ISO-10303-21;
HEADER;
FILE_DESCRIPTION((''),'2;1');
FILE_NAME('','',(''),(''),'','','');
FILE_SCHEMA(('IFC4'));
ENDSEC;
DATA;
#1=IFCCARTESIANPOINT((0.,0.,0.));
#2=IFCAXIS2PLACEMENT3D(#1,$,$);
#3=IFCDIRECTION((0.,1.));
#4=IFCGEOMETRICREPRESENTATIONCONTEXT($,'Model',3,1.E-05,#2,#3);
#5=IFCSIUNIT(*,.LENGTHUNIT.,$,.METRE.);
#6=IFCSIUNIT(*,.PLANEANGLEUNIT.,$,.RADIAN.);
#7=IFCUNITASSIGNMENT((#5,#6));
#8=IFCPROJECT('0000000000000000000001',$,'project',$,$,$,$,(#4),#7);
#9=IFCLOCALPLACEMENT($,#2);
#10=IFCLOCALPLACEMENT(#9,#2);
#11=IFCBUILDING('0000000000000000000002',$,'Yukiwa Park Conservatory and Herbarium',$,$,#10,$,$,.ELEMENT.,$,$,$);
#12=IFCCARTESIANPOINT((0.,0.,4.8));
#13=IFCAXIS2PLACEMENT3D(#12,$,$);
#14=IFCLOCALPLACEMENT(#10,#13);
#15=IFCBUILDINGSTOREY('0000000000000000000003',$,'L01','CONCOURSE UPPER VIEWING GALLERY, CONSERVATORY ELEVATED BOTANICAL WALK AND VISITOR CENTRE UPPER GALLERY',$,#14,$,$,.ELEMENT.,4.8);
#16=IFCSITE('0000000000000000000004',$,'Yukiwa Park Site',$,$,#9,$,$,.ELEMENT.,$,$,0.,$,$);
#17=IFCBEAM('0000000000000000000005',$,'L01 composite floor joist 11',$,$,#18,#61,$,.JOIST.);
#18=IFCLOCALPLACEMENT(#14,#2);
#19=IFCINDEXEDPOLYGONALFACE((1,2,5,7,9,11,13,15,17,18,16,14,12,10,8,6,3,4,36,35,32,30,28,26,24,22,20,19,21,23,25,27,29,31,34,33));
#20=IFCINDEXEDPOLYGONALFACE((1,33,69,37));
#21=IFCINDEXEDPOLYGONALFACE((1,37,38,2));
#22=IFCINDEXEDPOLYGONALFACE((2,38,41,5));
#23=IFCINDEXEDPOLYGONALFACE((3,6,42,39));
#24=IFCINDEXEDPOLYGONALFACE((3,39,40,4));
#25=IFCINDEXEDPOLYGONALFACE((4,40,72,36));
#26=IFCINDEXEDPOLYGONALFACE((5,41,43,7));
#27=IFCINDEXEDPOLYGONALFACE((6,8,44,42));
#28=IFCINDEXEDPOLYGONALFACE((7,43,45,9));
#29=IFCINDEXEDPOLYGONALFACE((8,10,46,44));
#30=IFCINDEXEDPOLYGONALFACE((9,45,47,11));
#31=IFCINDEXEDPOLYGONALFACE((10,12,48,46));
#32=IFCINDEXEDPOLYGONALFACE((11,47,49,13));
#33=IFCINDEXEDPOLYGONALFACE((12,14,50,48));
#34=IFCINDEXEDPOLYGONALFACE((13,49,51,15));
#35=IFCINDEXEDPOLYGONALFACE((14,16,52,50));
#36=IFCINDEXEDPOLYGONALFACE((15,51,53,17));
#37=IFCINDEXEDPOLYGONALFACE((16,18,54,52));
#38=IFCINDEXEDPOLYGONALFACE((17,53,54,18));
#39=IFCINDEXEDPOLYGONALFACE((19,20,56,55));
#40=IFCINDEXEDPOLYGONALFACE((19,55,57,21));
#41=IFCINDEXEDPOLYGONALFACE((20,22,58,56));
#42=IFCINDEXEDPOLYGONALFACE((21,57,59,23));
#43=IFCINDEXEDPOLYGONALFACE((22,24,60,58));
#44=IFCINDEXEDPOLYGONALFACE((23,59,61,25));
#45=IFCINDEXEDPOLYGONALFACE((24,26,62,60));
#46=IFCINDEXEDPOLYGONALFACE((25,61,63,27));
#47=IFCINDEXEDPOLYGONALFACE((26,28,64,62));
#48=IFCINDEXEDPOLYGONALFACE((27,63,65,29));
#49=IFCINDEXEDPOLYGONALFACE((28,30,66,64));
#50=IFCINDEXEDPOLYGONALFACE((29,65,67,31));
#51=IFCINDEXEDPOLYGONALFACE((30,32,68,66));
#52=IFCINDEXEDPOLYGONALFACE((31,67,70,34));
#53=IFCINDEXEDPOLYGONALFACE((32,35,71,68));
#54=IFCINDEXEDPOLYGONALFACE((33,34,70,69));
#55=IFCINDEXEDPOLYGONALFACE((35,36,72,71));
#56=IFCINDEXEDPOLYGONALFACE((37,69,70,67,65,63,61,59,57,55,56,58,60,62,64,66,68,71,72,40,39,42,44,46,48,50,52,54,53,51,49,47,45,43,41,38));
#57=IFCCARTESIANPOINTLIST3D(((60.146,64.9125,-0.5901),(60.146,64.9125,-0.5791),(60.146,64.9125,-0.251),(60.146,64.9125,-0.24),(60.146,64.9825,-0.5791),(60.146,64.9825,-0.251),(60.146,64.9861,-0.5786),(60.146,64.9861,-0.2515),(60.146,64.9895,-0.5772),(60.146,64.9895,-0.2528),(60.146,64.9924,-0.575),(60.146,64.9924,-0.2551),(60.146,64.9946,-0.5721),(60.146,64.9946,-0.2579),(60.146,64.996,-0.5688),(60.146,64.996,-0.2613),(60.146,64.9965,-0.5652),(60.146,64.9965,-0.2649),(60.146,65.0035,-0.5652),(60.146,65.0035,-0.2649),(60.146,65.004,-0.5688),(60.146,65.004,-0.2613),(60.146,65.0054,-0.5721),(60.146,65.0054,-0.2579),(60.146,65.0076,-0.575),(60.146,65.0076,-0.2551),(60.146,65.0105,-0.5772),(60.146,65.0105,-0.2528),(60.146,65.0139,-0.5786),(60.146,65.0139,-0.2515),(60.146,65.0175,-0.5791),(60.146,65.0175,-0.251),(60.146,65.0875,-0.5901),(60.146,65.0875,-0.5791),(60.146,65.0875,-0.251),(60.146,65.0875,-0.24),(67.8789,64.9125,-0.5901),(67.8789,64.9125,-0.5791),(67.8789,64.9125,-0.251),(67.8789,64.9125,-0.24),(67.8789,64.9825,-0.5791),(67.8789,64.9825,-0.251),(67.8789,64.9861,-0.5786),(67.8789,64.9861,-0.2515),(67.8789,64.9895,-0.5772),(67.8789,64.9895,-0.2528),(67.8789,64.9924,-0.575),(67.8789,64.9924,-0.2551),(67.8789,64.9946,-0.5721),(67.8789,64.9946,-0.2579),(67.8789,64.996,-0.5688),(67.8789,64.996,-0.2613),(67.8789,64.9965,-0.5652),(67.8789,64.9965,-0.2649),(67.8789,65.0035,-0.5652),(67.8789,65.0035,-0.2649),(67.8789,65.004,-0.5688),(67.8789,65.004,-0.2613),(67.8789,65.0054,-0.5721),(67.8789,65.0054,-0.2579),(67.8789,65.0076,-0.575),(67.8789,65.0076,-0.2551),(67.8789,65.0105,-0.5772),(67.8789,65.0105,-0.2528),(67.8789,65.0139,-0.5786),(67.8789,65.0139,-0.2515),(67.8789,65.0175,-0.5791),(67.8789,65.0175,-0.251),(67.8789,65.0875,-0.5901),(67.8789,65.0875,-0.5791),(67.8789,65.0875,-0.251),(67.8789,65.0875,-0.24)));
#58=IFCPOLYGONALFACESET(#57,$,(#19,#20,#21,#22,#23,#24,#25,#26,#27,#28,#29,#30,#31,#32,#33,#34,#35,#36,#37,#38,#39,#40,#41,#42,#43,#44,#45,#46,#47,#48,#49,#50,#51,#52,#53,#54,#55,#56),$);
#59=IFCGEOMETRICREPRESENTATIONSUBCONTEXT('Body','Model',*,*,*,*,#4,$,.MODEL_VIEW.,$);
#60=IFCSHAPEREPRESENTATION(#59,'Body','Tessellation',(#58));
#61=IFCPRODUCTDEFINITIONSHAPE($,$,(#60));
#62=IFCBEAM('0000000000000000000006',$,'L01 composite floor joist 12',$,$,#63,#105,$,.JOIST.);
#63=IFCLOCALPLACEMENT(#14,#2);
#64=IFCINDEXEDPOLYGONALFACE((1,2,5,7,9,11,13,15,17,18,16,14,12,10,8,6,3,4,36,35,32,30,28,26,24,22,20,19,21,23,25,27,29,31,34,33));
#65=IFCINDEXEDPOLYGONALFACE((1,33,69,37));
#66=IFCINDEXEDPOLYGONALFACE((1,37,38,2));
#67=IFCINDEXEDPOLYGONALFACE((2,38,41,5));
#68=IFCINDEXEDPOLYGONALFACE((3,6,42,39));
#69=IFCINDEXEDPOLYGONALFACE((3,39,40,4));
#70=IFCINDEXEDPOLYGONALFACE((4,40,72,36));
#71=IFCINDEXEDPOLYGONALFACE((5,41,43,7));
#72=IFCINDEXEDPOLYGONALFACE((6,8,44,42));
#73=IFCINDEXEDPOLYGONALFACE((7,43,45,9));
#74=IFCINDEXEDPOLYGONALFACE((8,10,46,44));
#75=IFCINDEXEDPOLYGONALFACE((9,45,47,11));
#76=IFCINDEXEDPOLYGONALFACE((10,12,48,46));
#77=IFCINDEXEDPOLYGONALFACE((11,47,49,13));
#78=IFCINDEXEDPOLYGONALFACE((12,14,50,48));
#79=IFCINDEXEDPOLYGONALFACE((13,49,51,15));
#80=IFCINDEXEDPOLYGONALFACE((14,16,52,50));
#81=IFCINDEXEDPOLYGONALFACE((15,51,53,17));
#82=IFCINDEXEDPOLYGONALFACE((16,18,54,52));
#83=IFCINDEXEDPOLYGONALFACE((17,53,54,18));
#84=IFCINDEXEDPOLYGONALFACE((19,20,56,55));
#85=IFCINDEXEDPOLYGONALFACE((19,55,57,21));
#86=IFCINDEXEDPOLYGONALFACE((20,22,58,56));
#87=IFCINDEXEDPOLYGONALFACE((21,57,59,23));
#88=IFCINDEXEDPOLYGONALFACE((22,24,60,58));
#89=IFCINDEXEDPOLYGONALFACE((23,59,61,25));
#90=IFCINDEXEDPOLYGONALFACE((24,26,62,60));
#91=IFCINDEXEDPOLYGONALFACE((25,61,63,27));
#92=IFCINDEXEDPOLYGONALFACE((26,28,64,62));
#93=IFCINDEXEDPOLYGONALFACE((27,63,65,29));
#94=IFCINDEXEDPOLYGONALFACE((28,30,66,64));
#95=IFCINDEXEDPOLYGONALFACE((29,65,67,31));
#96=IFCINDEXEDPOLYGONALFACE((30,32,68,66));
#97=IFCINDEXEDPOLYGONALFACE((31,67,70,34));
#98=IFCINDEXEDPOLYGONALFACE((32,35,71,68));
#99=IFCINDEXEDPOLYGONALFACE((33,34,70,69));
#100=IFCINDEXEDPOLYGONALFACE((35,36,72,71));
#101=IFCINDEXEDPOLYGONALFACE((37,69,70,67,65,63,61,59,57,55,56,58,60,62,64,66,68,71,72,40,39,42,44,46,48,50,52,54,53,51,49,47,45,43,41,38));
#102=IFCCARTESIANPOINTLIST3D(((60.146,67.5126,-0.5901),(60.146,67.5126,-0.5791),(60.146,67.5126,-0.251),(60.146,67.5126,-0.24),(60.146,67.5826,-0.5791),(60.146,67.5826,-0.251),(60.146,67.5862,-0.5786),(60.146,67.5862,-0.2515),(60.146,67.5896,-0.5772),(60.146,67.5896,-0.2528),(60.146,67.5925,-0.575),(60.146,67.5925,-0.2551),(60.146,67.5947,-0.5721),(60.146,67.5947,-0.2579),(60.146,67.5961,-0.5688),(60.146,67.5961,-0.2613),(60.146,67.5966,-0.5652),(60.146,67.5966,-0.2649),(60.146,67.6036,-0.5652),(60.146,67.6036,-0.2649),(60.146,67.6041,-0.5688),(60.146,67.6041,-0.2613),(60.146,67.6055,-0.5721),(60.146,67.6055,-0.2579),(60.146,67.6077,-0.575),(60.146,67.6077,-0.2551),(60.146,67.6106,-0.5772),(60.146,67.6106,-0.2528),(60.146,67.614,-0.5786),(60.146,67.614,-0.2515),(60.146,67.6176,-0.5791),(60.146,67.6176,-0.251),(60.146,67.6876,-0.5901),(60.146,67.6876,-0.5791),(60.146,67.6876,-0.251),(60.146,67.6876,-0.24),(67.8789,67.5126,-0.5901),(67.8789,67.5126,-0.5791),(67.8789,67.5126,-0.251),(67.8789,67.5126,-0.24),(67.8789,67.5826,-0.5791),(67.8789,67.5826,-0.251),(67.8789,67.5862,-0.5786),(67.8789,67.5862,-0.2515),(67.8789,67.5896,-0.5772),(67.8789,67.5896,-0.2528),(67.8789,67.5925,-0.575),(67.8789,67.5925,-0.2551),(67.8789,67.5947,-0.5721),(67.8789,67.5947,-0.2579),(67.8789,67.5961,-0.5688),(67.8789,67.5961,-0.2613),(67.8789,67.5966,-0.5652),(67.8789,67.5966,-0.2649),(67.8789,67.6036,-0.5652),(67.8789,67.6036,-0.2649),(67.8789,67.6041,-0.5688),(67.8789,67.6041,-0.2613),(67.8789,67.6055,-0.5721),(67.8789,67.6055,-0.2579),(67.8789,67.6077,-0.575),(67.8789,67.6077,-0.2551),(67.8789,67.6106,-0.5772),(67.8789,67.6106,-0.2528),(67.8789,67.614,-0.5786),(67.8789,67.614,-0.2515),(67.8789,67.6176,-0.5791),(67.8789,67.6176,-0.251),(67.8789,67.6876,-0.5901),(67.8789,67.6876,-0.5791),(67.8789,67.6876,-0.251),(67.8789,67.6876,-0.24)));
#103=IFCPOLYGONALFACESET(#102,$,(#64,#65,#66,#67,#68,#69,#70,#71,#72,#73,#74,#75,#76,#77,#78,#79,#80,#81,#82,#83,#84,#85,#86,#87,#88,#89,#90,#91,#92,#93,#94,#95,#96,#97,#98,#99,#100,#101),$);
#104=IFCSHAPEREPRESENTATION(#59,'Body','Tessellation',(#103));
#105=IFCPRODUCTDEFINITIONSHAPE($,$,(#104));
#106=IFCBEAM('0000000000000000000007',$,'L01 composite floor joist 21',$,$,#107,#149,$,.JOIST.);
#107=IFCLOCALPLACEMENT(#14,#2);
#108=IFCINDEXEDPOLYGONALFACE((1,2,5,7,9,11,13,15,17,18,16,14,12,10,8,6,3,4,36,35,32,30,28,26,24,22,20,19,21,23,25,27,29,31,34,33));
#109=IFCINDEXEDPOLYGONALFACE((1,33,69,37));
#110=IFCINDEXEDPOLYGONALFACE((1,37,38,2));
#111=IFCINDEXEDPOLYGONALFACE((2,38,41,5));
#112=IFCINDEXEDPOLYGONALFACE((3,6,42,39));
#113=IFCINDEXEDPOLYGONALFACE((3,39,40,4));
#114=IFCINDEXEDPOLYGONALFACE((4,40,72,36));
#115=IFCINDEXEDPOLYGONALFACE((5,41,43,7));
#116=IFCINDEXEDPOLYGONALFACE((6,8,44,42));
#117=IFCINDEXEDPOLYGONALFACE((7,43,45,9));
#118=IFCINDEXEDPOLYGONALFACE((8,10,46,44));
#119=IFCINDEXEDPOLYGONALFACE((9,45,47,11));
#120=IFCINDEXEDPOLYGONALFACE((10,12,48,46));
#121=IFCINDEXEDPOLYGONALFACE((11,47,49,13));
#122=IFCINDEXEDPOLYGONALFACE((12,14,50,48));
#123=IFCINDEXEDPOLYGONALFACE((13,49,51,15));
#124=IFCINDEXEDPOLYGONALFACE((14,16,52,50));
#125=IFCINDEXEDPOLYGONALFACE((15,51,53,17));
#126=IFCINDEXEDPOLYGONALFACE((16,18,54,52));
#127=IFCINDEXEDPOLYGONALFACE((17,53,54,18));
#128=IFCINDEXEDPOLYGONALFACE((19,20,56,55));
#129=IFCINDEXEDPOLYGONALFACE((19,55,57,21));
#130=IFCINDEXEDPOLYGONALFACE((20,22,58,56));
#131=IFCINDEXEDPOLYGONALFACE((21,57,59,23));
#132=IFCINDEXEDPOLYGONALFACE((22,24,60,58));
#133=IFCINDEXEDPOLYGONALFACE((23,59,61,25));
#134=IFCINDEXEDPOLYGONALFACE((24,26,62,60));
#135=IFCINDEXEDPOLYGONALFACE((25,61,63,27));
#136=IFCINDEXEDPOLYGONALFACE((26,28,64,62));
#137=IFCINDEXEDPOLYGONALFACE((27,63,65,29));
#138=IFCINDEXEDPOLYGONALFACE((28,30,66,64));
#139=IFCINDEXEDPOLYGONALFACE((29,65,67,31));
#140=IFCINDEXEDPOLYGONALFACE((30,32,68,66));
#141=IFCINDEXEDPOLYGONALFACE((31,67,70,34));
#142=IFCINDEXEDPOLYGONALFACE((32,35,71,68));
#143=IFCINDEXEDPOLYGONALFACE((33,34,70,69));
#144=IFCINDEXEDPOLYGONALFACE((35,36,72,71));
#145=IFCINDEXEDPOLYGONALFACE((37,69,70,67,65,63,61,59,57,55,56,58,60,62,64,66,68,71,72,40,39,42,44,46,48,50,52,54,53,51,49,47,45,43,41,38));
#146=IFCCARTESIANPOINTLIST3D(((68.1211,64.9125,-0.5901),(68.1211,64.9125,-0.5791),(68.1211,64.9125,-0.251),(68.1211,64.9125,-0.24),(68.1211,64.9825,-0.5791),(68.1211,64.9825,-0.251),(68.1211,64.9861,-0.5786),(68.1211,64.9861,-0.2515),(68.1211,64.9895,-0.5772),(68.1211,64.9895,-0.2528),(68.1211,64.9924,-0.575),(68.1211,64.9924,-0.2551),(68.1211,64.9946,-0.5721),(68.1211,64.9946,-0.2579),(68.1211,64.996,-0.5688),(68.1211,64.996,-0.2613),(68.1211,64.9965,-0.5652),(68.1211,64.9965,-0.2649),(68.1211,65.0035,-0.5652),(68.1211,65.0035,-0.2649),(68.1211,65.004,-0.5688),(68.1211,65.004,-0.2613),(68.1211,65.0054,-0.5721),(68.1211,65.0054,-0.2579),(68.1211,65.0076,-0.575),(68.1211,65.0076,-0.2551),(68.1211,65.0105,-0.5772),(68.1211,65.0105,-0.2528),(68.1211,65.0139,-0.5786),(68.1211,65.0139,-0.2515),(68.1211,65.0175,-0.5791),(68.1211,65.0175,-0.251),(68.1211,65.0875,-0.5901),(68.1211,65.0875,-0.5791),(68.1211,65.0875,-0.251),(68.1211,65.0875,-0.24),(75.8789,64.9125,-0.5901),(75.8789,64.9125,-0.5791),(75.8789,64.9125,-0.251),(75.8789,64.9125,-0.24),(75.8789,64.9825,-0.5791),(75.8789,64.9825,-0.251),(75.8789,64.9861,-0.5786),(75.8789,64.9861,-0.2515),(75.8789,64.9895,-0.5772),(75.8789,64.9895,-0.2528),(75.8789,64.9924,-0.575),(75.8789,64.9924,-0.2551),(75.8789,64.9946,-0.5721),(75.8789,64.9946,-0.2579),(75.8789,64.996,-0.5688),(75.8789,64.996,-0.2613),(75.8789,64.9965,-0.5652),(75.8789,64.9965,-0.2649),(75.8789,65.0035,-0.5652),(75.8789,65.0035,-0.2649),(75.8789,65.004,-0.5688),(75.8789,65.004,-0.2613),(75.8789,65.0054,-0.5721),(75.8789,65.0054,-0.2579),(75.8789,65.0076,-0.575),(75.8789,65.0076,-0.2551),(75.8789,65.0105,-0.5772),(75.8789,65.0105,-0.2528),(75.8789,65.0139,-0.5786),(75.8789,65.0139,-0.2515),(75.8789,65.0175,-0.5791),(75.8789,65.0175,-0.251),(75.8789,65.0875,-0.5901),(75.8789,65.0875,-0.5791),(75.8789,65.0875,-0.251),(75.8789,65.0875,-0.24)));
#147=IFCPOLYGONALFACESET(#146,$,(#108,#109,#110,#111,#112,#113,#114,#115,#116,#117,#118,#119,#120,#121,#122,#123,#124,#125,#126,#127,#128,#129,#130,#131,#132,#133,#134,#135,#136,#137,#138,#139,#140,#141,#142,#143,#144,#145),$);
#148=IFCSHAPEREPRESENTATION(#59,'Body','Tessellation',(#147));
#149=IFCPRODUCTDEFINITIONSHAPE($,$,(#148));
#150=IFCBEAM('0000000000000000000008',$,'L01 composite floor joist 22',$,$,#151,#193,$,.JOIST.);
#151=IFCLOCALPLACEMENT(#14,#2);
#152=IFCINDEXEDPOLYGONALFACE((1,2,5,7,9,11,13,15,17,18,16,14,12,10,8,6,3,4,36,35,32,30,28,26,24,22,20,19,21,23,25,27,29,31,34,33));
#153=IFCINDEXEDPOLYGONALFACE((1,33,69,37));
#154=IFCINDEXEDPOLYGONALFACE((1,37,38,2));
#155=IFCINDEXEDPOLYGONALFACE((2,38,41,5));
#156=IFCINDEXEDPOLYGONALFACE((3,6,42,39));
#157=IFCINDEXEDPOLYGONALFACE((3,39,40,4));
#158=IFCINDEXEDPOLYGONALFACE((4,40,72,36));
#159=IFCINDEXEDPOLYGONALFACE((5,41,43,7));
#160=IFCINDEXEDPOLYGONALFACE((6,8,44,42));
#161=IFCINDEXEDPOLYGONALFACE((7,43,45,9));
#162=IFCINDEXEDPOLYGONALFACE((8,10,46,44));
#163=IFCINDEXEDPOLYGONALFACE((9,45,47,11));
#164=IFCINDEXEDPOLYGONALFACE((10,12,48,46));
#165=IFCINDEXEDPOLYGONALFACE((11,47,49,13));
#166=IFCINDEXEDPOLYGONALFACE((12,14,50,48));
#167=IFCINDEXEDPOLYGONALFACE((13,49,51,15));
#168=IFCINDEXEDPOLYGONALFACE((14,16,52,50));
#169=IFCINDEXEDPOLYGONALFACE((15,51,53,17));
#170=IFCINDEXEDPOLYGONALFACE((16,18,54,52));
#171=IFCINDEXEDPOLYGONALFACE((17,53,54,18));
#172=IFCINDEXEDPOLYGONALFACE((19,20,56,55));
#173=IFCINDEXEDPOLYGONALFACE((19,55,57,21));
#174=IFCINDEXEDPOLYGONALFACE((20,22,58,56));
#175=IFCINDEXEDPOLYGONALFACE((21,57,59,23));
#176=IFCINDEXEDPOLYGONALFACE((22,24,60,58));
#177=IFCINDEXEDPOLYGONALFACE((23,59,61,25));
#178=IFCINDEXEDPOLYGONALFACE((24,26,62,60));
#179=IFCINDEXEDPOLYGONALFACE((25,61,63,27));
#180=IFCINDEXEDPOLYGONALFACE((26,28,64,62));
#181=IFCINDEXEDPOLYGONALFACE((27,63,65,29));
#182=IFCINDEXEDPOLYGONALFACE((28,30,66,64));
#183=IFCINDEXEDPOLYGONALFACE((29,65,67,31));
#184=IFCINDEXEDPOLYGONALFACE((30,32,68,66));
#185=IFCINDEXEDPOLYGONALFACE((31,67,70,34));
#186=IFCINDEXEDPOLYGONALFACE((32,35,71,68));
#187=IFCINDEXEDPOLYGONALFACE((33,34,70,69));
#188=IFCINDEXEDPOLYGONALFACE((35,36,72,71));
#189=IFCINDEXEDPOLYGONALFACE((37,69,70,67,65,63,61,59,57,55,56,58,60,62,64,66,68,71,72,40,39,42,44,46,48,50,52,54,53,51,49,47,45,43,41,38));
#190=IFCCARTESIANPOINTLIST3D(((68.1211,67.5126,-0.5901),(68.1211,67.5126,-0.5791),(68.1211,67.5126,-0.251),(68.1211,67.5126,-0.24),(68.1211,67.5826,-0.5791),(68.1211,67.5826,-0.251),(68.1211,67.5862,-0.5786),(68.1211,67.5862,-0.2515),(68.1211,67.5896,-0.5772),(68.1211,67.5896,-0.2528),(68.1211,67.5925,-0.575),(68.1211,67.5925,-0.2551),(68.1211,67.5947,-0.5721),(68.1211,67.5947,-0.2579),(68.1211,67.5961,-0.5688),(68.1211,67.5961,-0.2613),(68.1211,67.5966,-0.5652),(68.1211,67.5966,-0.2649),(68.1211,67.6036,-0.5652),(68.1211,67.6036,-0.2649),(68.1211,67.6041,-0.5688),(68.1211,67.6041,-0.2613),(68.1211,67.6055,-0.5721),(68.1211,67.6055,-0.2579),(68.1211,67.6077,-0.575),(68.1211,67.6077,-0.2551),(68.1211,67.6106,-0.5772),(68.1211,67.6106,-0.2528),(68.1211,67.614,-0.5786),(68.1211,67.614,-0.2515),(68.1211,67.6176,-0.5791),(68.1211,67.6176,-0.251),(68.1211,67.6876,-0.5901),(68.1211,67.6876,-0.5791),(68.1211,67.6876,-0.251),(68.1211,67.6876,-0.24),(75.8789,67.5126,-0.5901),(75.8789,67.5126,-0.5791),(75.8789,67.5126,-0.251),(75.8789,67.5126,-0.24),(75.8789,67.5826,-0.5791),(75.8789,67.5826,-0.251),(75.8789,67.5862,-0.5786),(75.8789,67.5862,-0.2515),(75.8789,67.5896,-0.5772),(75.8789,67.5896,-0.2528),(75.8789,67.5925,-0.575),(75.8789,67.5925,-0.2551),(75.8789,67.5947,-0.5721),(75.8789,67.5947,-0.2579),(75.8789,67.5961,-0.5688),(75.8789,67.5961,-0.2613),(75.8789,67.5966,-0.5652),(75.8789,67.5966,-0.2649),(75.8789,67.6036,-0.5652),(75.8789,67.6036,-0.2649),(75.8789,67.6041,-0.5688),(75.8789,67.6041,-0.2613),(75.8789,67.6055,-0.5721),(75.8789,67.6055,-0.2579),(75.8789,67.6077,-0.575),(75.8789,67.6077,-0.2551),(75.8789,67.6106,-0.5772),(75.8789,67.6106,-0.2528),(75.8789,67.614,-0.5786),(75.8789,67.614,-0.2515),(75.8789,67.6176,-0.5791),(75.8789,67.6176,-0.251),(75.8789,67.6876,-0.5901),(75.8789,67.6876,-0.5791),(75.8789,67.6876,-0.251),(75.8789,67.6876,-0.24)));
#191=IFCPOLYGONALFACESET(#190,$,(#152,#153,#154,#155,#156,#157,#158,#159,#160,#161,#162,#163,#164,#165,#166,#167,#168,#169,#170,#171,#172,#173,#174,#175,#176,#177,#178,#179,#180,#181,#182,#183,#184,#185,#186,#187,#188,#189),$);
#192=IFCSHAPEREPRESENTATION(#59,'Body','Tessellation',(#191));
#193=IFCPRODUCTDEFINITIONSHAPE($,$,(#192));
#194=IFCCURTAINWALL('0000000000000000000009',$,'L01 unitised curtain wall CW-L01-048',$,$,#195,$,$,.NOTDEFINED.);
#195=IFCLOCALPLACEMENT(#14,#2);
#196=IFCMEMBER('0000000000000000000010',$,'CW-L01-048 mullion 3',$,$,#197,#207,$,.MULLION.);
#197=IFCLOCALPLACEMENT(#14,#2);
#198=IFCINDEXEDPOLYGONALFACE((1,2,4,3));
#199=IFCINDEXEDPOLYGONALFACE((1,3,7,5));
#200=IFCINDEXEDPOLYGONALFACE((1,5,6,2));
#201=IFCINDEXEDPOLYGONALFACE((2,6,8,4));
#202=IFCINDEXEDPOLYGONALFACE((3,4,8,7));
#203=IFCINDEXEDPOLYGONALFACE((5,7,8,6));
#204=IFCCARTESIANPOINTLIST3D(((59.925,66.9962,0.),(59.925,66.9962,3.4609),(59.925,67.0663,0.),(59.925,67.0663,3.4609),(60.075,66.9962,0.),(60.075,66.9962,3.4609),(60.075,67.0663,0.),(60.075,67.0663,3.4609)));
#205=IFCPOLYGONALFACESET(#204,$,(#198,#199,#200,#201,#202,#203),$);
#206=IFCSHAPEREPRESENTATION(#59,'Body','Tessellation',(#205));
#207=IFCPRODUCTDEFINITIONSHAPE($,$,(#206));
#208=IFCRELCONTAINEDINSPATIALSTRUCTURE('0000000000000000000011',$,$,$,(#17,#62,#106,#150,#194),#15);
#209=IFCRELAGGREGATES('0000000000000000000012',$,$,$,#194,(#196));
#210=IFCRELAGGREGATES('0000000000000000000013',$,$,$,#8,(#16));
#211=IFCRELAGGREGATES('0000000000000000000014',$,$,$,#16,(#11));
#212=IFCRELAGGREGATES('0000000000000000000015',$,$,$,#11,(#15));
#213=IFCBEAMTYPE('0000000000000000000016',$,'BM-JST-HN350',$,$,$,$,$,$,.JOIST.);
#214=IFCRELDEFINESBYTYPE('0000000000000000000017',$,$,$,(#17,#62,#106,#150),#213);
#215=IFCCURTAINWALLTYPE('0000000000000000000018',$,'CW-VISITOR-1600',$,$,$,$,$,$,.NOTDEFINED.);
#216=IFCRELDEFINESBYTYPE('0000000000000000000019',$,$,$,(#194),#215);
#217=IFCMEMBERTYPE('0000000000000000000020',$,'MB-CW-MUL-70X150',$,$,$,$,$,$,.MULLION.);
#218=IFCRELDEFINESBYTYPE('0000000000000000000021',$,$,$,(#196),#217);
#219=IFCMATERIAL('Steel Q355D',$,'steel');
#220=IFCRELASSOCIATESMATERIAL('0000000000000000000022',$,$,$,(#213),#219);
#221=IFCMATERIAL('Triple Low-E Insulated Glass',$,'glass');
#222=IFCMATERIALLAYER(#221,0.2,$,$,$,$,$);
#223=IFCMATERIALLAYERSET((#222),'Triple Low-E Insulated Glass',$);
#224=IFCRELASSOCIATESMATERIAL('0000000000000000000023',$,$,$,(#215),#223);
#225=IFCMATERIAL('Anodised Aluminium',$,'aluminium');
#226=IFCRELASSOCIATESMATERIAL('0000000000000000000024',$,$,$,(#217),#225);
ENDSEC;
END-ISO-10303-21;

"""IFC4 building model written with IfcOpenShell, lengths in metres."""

from ifc_helpers import new_model, si_unit, direction, frame, origin, origin_2d, place, context, subcontext, project, spatial, rectangle, i_section, extrude, material, layer, layer_set, material_profile, profile_set, type_object, element, aggregate, save


model = new_model("IFC4")

# Units and contexts
model_context = context("Model", 3, precision=1e-05, world=origin(), true_north=direction((0.0, 1.0)))
body_context = subcontext(model_context, "Body", "Model", "MODEL_VIEW")
ifc_project = project(units=[si_unit("LENGTHUNIT", "METRE"), si_unit("PLANEANGLEUNIT", "RADIAN")], contexts=[model_context])

# Site, building, storey
site_placement = place(None, origin())
site = spatial("IfcSite", under=ifc_project, at=site_placement, Name="Yukiwa Park Site", CompositionType="ELEMENT", RefElevation=0.0)
building_placement = place(site_placement, origin())
building = spatial("IfcBuilding", under=site, at=building_placement, Name="Yukiwa Park Conservatory and Herbarium", CompositionType="ELEMENT")
storey_placement = place(building_placement, frame((0.0, 0.0, 4.8)))
storey = spatial("IfcBuildingStorey", under=building, at=storey_placement, Name="L01", Description="CONCOURSE UPPER VIEWING GALLERY, CONSERVATORY ELEVATED BOTANICAL WALK AND VISITOR CENTRE UPPER GALLERY", CompositionType="ELEMENT", Elevation=4.8)

# Beams
ifc_material_1 = material(Name="Steel Q355D", Category="steel")
ifc_material_profile = material_profile(ifc_material_1, i_section(OverallWidth=0.175, OverallDepth=0.3501, WebThickness=0.0071, FlangeThickness=0.011, FilletRadius=0.0139, at=origin_2d()), Name="HN 350x175x7x11")
ifc_profile_set = profile_set([ifc_material_profile], Name="Steel Q355D")
beam_type = type_object("IfcBeamType", Name="BM-JST-HN350", PredefinedType="JOIST", material=ifc_profile_set)
for number, where, z_axis, x_axis, name in (
    (1, (60.146, 65.0, -0.415), (1.0, 0.0, 0.0), (0.0, 1.0, 0.0), "L01 composite floor joist 11"),
    (2, (60.146, 67.6001, -0.415), (1.0, 0.0, 0.0), (0.0, 1.0, 0.0), "L01 composite floor joist 12"),
):
    element("IfcBeam", number, at=place(storey_placement, frame(where, z_axis=z_axis, x_axis=x_axis)), inside=storey, type_object=beam_type, Name=name, PredefinedType="JOIST", context=body_context, shape_type="SweptSolid", body=[
        extrude(i_section(OverallWidth=0.175, OverallDepth=0.3501, WebThickness=0.0071, FlangeThickness=0.011, FilletRadius=0.0139, at=origin_2d()), origin(), (0.0, 0.0, 1.0), 7.7329),
    ])
for number, where, z_axis, x_axis, name in (
    (3, (68.1211, 65.0, -0.415), (1.0, 0.0, 0.0), (0.0, 1.0, 0.0), "L01 composite floor joist 21"),
    (4, (68.1211, 67.6001, -0.415), (1.0, 0.0, 0.0), (0.0, 1.0, 0.0), "L01 composite floor joist 22"),
):
    element("IfcBeam", number, at=place(storey_placement, frame(where, z_axis=z_axis, x_axis=x_axis)), inside=storey, type_object=beam_type, Name=name, PredefinedType="JOIST", context=body_context, shape_type="SweptSolid", body=[
        extrude(i_section(OverallWidth=0.175, OverallDepth=0.3501, WebThickness=0.0071, FlangeThickness=0.011, FilletRadius=0.0139, at=origin_2d()), origin(), (0.0, 0.0, 1.0), 7.7578),
    ])

# Curtain wall, member
ifc_material_2 = material(Name="Triple Low-E Insulated Glass", Category="glass")
ifc_layer_1 = layer(ifc_material_2, 0.2)
ifc_layer_set_1 = layer_set([ifc_layer_1], Name="Triple Low-E Insulated Glass")
curtain_wall_type = type_object("IfcCurtainWallType", Name="CW-VISITOR-1600", PredefinedType="NOTDEFINED", material=ifc_layer_set_1)
curtain_wall_placement = place(storey_placement, origin())
curtain_wall = element("IfcCurtainWall", 5, at=curtain_wall_placement, inside=storey, type_object=curtain_wall_type, Name="L01 unitised curtain wall CW-L01-048", PredefinedType="NOTDEFINED")
ifc_material_3 = material(Name="Anodised Aluminium", Category="aluminium")
member_type_1 = type_object("IfcMemberType", Name="MB-CW-MUL-70X150", PredefinedType="MULLION", material=ifc_material_3)
member_1_placement = place(storey_placement, frame((60.0, 67.0312, 0.0), z_axis=(0.0, 0.0, 1.0), x_axis=(0.0, -1.0, 0.0)))
member_1 = element("IfcMember", 6, at=member_1_placement, type_object=member_type_1, Name="CW-L01-048 mullion 3", PredefinedType="MULLION", context=body_context, shape_type="SweptSolid", body=[
    extrude(rectangle(XDim=0.0701, YDim=0.1499, at=origin_2d()), origin(), (0.0, 0.0, 1.0), 3.4609),
])
aggregate(curtain_wall, [member_1])

save(model, "model.ifc")
